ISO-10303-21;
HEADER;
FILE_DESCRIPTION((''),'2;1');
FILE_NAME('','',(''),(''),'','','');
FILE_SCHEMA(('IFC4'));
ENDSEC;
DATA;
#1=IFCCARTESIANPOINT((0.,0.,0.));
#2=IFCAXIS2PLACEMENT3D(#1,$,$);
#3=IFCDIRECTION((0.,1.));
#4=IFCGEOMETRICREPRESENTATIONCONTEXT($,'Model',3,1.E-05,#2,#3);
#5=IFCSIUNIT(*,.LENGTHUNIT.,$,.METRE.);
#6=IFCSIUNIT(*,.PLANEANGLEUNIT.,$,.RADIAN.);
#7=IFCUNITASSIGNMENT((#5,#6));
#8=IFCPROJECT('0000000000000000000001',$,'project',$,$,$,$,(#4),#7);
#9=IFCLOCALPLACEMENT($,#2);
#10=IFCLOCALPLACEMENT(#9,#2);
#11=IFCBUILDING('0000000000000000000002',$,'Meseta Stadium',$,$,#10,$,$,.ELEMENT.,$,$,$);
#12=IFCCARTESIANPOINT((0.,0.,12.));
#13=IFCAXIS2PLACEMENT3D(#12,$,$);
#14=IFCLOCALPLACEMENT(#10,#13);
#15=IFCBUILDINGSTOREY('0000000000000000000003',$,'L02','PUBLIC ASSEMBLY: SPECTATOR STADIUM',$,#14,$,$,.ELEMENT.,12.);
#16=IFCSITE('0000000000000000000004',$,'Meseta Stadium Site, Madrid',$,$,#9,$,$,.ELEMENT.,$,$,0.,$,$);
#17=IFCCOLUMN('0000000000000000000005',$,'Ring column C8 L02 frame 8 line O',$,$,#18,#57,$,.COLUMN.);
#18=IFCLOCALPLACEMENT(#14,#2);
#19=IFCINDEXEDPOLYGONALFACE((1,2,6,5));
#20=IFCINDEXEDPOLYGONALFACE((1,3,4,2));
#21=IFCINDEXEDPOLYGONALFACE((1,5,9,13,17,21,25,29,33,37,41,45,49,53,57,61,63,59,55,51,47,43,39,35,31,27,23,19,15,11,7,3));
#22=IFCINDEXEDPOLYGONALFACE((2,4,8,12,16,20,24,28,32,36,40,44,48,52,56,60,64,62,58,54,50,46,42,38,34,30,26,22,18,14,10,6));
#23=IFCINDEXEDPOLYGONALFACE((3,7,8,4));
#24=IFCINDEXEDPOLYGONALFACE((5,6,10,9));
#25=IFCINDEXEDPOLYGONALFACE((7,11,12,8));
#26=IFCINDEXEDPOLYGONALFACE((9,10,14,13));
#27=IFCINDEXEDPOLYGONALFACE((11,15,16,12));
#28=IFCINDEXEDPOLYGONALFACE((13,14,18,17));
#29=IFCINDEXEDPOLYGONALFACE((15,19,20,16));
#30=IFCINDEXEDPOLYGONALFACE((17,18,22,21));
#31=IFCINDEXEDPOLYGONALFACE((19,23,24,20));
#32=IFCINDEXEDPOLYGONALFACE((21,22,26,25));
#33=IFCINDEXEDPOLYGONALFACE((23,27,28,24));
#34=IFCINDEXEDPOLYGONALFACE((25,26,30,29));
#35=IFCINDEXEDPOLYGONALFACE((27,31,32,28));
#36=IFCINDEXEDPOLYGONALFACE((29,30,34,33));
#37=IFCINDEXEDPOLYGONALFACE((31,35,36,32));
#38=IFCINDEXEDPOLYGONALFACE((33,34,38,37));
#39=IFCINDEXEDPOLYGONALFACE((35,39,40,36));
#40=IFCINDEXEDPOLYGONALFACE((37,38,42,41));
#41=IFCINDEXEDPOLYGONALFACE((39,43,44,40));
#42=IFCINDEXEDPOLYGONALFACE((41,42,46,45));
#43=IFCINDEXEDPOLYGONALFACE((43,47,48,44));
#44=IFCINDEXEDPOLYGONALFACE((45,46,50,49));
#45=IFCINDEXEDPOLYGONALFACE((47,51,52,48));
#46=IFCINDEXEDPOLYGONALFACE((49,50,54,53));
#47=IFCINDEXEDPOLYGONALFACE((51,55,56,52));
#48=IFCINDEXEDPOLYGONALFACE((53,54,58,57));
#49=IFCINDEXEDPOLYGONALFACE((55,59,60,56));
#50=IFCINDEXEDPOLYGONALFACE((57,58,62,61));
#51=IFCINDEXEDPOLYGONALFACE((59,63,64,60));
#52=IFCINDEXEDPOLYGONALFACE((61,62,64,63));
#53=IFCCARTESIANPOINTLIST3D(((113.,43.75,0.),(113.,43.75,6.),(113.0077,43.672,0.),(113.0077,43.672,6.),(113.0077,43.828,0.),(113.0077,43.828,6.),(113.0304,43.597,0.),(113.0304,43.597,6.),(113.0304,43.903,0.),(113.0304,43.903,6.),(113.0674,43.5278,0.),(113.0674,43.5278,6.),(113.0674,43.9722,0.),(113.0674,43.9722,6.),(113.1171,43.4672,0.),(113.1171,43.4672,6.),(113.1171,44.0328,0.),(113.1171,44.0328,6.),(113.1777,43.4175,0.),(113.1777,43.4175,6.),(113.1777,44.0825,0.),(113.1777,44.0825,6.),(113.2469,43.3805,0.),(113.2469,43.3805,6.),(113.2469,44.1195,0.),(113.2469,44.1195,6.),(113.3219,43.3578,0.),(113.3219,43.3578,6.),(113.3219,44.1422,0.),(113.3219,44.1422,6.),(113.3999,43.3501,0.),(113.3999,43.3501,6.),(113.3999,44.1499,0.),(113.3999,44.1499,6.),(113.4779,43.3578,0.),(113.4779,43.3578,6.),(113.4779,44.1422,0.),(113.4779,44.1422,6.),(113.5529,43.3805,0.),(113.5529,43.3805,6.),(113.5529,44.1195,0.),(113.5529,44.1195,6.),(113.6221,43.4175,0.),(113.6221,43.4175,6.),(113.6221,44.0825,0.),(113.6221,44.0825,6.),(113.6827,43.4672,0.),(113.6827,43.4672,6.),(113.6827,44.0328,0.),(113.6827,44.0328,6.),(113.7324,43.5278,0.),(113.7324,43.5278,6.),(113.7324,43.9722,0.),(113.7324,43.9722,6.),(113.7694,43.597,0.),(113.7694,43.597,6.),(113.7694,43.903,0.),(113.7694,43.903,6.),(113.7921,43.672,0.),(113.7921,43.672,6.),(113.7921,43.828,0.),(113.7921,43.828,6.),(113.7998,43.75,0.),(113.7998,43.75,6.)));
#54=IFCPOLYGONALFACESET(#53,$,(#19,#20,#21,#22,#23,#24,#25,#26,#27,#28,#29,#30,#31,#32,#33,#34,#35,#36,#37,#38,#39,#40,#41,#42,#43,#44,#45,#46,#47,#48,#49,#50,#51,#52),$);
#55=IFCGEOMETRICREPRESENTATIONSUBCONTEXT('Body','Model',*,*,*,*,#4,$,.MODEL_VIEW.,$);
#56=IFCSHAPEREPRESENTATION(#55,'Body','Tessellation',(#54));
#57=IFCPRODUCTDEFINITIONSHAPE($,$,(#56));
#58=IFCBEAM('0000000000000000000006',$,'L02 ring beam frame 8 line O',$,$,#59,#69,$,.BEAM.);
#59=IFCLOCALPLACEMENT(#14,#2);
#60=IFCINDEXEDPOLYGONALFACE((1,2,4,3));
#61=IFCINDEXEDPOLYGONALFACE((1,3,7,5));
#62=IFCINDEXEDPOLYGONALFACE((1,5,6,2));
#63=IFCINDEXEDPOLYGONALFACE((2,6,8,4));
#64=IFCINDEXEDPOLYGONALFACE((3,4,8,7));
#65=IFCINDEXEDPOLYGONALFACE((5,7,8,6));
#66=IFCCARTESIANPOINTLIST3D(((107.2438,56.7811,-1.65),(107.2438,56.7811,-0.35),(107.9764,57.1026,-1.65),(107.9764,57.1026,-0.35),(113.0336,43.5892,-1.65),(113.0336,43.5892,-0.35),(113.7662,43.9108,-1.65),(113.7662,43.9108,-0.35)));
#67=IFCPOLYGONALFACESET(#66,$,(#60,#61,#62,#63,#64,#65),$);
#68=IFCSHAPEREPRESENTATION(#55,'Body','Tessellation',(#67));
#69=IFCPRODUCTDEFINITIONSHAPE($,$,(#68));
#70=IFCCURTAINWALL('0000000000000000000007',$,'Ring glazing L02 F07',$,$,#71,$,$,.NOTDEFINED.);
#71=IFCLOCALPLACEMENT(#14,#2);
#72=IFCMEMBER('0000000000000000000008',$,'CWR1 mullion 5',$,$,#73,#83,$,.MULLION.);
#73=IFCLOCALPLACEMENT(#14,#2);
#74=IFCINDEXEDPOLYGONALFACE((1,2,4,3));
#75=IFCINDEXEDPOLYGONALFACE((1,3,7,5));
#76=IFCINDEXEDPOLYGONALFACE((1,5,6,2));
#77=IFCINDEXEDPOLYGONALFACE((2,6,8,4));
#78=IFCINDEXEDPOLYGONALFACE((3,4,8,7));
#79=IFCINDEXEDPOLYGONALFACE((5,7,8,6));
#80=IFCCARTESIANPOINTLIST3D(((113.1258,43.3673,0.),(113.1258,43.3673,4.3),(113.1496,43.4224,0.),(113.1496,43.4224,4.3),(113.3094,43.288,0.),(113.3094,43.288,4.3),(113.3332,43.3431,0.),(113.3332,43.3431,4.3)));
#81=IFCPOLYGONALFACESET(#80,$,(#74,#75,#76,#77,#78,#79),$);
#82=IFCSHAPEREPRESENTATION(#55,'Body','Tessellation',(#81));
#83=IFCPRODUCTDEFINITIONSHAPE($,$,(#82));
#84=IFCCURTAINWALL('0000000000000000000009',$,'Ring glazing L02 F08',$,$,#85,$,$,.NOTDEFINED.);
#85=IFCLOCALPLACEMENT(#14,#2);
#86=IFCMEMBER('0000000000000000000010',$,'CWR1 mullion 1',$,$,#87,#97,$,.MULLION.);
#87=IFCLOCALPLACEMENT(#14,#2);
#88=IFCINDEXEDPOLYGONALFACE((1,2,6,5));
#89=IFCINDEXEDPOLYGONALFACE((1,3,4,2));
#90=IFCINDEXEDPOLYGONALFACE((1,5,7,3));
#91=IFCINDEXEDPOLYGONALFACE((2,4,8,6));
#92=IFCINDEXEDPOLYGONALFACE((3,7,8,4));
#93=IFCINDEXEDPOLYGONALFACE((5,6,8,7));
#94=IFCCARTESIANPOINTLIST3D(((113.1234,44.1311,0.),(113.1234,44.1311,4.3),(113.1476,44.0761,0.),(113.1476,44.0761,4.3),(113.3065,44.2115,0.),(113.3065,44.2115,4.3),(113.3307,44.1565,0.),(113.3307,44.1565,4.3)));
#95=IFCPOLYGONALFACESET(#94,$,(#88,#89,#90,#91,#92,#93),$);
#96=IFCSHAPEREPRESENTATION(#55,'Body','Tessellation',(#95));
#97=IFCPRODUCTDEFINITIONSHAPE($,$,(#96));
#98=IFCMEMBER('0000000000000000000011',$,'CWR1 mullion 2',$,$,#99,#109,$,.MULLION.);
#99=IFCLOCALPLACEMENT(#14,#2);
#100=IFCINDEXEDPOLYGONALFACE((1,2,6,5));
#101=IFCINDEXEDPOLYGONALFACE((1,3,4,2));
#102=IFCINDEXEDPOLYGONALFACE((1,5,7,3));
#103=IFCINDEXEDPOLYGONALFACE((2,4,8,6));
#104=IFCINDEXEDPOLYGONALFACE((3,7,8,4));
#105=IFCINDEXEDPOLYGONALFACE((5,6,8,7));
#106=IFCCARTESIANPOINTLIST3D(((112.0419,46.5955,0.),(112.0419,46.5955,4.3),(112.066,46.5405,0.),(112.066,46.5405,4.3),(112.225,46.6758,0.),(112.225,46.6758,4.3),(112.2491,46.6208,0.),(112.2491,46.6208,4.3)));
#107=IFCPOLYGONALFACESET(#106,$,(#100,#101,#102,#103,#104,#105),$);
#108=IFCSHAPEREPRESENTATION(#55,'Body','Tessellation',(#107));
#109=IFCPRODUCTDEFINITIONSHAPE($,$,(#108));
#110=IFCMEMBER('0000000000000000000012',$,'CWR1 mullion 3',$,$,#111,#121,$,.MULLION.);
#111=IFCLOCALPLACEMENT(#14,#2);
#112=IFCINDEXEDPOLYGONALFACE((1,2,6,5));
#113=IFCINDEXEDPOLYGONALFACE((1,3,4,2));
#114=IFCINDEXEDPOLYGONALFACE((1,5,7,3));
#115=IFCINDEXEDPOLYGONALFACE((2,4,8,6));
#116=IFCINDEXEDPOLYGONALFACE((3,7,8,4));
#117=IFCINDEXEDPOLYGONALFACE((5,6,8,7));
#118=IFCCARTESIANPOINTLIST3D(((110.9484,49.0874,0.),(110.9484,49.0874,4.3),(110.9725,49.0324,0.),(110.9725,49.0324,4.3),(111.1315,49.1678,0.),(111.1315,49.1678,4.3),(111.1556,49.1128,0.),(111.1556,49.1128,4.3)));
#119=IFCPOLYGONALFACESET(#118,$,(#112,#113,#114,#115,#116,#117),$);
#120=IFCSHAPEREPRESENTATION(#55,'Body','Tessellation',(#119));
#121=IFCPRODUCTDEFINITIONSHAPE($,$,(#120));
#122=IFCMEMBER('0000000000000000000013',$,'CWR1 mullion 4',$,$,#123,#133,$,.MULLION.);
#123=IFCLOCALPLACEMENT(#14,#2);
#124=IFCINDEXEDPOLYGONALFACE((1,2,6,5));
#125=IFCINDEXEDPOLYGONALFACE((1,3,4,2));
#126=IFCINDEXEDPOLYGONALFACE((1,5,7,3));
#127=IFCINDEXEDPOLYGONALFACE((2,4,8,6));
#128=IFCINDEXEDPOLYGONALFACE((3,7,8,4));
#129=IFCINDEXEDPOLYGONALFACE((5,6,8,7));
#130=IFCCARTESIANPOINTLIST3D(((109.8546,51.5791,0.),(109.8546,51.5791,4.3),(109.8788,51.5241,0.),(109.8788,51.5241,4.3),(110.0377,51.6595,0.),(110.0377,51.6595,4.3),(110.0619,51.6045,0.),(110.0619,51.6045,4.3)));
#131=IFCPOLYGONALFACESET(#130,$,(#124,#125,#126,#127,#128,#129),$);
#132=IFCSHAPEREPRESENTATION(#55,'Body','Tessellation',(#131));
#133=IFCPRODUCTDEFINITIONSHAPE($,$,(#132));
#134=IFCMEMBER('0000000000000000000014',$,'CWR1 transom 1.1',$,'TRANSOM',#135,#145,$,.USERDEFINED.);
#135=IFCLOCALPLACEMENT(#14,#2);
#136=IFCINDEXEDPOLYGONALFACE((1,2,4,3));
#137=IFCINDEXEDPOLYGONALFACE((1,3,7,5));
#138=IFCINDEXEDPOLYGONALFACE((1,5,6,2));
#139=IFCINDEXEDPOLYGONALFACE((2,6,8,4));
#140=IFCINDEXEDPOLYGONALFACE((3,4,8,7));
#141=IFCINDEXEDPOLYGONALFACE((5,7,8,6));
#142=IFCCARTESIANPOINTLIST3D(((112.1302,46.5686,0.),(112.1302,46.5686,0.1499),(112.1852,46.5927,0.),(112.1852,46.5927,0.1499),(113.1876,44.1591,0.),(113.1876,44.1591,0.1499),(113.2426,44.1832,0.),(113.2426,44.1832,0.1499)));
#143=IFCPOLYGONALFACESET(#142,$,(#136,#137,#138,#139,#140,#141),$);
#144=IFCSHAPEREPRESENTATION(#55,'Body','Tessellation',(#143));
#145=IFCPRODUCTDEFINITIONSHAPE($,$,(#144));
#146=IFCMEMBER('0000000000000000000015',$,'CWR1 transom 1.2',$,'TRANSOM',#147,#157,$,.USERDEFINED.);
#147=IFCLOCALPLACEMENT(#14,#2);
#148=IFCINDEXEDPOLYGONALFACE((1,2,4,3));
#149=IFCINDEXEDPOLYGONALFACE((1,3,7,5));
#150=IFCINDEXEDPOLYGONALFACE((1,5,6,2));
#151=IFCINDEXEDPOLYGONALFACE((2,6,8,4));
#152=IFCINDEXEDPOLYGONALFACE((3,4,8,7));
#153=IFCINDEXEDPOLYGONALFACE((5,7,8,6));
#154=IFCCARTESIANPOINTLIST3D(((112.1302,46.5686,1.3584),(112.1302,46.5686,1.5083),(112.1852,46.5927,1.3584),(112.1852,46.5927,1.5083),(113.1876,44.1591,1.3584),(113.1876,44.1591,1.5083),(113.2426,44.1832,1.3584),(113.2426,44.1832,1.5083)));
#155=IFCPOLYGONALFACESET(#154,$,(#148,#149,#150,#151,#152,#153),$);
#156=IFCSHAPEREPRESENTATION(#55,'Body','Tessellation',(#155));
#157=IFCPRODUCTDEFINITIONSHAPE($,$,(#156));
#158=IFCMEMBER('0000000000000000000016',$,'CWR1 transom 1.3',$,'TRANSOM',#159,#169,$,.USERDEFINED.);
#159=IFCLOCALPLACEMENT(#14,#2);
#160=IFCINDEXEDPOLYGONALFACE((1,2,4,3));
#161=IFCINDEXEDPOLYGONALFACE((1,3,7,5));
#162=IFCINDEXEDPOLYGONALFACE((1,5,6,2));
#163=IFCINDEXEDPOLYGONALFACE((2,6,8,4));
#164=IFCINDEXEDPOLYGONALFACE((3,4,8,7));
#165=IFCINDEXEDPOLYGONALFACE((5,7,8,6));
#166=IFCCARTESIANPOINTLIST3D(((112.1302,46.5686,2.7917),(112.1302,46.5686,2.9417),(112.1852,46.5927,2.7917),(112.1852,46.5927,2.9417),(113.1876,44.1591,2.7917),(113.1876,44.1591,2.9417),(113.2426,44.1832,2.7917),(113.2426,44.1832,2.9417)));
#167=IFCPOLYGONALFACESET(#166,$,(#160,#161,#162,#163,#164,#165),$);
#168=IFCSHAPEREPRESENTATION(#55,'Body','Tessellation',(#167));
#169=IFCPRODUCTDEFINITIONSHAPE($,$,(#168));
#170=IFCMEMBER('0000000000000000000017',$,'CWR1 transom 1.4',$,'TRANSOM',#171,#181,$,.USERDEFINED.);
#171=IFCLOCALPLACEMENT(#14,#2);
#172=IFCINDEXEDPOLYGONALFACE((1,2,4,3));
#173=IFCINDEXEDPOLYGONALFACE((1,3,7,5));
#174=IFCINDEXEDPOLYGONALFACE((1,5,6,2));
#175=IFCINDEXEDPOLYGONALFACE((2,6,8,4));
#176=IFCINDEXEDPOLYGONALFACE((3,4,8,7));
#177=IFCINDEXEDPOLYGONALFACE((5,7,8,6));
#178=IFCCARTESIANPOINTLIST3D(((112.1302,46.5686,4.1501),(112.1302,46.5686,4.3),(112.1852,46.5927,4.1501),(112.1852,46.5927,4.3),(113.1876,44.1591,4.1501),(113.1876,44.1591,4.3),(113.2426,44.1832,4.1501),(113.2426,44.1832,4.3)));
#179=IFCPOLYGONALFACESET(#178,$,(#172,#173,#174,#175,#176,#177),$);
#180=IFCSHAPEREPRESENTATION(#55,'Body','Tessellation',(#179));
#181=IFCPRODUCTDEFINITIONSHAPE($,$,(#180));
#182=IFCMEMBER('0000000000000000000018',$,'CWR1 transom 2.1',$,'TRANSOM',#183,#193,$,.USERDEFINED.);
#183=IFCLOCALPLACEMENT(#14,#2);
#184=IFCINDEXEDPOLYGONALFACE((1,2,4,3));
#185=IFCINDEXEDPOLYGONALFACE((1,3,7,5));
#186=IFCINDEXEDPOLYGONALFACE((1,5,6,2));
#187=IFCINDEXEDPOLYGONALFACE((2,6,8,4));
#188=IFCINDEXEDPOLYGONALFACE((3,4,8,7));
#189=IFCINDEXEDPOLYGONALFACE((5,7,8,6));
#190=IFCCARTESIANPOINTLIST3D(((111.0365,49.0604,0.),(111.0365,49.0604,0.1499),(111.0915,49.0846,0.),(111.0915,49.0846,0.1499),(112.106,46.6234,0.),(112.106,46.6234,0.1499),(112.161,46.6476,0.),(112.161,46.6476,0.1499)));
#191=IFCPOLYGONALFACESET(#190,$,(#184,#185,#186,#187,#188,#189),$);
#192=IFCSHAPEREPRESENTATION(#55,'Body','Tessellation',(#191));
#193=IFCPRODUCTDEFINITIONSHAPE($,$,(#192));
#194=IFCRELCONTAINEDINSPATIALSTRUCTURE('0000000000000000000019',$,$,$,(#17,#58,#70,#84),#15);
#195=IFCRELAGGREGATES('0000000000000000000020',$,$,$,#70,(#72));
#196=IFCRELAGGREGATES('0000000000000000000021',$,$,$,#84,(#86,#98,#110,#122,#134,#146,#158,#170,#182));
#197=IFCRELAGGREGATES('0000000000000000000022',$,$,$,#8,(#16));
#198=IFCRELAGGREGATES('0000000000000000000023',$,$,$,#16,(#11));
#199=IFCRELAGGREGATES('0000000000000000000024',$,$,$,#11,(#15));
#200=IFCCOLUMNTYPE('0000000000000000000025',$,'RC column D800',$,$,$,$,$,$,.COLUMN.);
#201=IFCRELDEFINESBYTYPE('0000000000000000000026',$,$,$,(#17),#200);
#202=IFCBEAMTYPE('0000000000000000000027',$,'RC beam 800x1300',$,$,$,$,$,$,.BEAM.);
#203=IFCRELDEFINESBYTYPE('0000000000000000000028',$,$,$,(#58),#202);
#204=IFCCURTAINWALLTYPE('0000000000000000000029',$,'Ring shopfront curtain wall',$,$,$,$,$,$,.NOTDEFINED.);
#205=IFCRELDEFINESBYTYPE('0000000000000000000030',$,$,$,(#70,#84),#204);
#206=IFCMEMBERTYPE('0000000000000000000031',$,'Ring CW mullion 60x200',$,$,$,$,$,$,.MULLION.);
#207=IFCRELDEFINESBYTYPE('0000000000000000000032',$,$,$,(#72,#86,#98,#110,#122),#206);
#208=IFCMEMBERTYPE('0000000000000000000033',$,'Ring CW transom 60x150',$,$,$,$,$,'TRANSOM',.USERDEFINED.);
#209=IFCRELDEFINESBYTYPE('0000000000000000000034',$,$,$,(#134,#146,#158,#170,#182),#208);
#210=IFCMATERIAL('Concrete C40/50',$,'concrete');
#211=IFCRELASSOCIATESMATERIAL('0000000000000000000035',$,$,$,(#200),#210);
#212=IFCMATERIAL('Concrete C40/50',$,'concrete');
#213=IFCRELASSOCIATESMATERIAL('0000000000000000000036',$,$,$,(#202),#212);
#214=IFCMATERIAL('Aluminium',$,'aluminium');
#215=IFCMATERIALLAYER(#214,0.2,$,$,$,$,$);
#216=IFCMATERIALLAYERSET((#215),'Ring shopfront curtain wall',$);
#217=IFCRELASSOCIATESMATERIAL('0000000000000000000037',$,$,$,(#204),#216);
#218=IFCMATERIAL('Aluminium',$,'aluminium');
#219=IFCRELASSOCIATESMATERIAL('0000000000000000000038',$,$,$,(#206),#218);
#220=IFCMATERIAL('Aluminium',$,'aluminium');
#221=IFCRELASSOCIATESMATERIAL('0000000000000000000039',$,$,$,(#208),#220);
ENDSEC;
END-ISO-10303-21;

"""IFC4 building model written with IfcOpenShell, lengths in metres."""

from ifc_helpers import new_model, si_unit, direction, frame, origin, origin_2d, place, context, subcontext, project, spatial, rectangle, circle, extrude, material, layer, layer_set, material_profile, profile_set, type_object, element, aggregate, save


model = new_model("IFC4")

# Units and contexts
model_context = context("Model", 3, precision=1e-05, world=origin(), true_north=direction((0.0, 1.0)))
body_context = subcontext(model_context, "Body", "Model", "MODEL_VIEW")
ifc_project = project(units=[si_unit("LENGTHUNIT", "METRE"), si_unit("PLANEANGLEUNIT", "RADIAN")], contexts=[model_context])

# Site, building, storey
site_placement = place(None, origin())
site = spatial("IfcSite", under=ifc_project, at=site_placement, Name="Meseta Stadium Site, Madrid", CompositionType="ELEMENT", RefElevation=0.0)
building_placement = place(site_placement, origin())
building = spatial("IfcBuilding", under=site, at=building_placement, Name="Meseta Stadium", CompositionType="ELEMENT")
storey_placement = place(building_placement, frame((0.0, 0.0, 12.0)))
storey = spatial("IfcBuildingStorey", under=building, at=storey_placement, Name="L02", Description="PUBLIC ASSEMBLY: SPECTATOR STADIUM", CompositionType="ELEMENT", Elevation=12.0)

# Column
ifc_material_1 = material(Name="Concrete C40/50", Category="concrete")
ifc_material_profile_1 = material_profile(ifc_material_1, circle(Radius=0.3999, at=origin_2d()), Name="RC D800")
ifc_profile_set_1 = profile_set([ifc_material_profile_1], Name="Concrete C40/50")
column_type = type_object("IfcColumnType", Name="RC column D800", PredefinedType="COLUMN", material=ifc_profile_set_1)
column_placement = place(storey_placement, frame((113.3999, 43.75, 0.0), z_axis=(0.0, 0.0, 1.0), x_axis=(1.0, 0.0, 0.0)))
element("IfcColumn", 1, at=column_placement, inside=storey, type_object=column_type, Name="Ring column C8 L02 frame 8 line O", PredefinedType="COLUMN", context=body_context, shape_type="SweptSolid", body=[
    extrude(circle(Radius=0.3999, at=origin_2d()), origin(), (0.0, 0.0, 1.0), 6.0),
])

# Beam
ifc_material_2 = material(Name="Concrete C40/50", Category="concrete")
ifc_material_profile_2 = material_profile(ifc_material_2, rectangle(XDim=0.8, YDim=1.3, at=origin_2d()), Name="RC 800x1300")
ifc_profile_set_2 = profile_set([ifc_material_profile_2], Name="Concrete C40/50")
beam_type = type_object("IfcBeamType", Name="RC beam 800x1300", PredefinedType="BEAM", material=ifc_profile_set_2)
beam_placement = place(storey_placement, frame((113.3999, 43.75, -1.0), z_axis=(-0.401887, 0.915689, 0.0), x_axis=(-0.915689, -0.401887, 0.0)))
element("IfcBeam", 2, at=beam_placement, inside=storey, type_object=beam_type, Name="L02 ring beam frame 8 line O", PredefinedType="BEAM", context=body_context, shape_type="SweptSolid", body=[
    extrude(rectangle(XDim=0.8, YDim=1.3, at=origin_2d()), origin(), (0.0, 0.0, 1.0), 14.4065),
])

# Curtain wall, member
ifc_material_3 = material(Name="Aluminium", Category="aluminium")
ifc_layer_1 = layer(ifc_material_3, 0.2)
ifc_layer_set_1 = layer_set([ifc_layer_1], Name="Ring shopfront curtain wall")
curtain_wall_type = type_object("IfcCurtainWallType", Name="Ring shopfront curtain wall", PredefinedType="NOTDEFINED", material=ifc_layer_set_1)
curtain_wall_1_placement = place(storey_placement, origin())
curtain_wall_1 = element("IfcCurtainWall", 3, at=curtain_wall_1_placement, inside=storey, type_object=curtain_wall_type, Name="Ring glazing L02 F07", PredefinedType="NOTDEFINED")
ifc_material_4 = material(Name="Aluminium", Category="aluminium")
ifc_material_profile_3 = material_profile(ifc_material_4, rectangle(XDim=0.2, YDim=0.0601, at=origin_2d()), Name="CW 200x60")
ifc_profile_set_3 = profile_set([ifc_material_profile_3], Name="Aluminium")
member_type_1 = type_object("IfcMemberType", Name="Ring CW mullion 60x200", PredefinedType="MULLION", material=ifc_profile_set_3)
member_1_placement = place(storey_placement, frame((113.2295, 43.3552, 0.0), z_axis=(0.0, 0.0, 1.0), x_axis=(-0.918, 0.396581, 0.0)))
member_1 = element("IfcMember", 4, at=member_1_placement, type_object=member_type_1, Name="CWR1 mullion 5", PredefinedType="MULLION", context=body_context, shape_type="SweptSolid", body=[
    extrude(rectangle(XDim=0.2, YDim=0.0601, at=origin_2d()), origin(), (0.0, 0.0, 1.0), 4.3),
])
aggregate(curtain_wall_1, [member_1])

# Curtain wall, members
curtain_wall_2_placement = place(storey_placement, origin())
curtain_wall_2 = element("IfcCurtainWall", 5, at=curtain_wall_2_placement, inside=storey, type_object=curtain_wall_type, Name="Ring glazing L02 F08", PredefinedType="NOTDEFINED")
member_2_placement = place(storey_placement, frame((113.2271, 44.1438, 0.0), z_axis=(0.0, 0.0, 1.0), x_axis=(-0.915687, -0.401892, 0.0)))
member_2 = element("IfcMember", 6, at=member_2_placement, type_object=member_type_1, Name="CWR1 mullion 1", PredefinedType="MULLION", context=body_context, shape_type="SweptSolid", body=[
    extrude(rectangle(XDim=0.2, YDim=0.0601, at=origin_2d()), origin(), (0.0, 0.0, 1.0), 4.3),
])
member_3_placement = place(storey_placement, frame((112.1455, 46.6082, 0.0), z_axis=(0.0, 0.0, 1.0), x_axis=(-0.915687, -0.401892, 0.0)))
member_3 = element("IfcMember", 7, at=member_3_placement, type_object=member_type_1, Name="CWR1 mullion 2", PredefinedType="MULLION", context=body_context, shape_type="SweptSolid", body=[
    extrude(rectangle(XDim=0.2, YDim=0.0601, at=origin_2d()), origin(), (0.0, 0.0, 1.0), 4.3),
])
member_4_placement = place(storey_placement, frame((111.052, 49.1001, 0.0), z_axis=(0.0, 0.0, 1.0), x_axis=(-0.915687, -0.401892, 0.0)))
member_4 = element("IfcMember", 8, at=member_4_placement, type_object=member_type_1, Name="CWR1 mullion 3", PredefinedType="MULLION", context=body_context, shape_type="SweptSolid", body=[
    extrude(rectangle(XDim=0.2, YDim=0.0601, at=origin_2d()), origin(), (0.0, 0.0, 1.0), 4.3),
])
member_5_placement = place(storey_placement, frame((109.9583, 51.5918, 0.0), z_axis=(0.0, 0.0, 1.0), x_axis=(-0.915687, -0.401892, 0.0)))
member_5 = element("IfcMember", 9, at=member_5_placement, type_object=member_type_1, Name="CWR1 mullion 4", PredefinedType="MULLION", context=body_context, shape_type="SweptSolid", body=[
    extrude(rectangle(XDim=0.2, YDim=0.0601, at=origin_2d()), origin(), (0.0, 0.0, 1.0), 4.3),
])
ifc_material_5 = material(Name="Aluminium", Category="aluminium")
ifc_material_profile_4 = material_profile(ifc_material_5, rectangle(XDim=0.0601, YDim=0.1499, at=origin_2d()), Name="CW 60x150")
ifc_profile_set_4 = profile_set([ifc_material_profile_4], Name="Aluminium")
member_type_2 = type_object("IfcMemberType", Name="Ring CW transom 60x150", ElementType="TRANSOM", PredefinedType="USERDEFINED", material=ifc_profile_set_4)
member_6_placement = place(storey_placement, frame((113.2151, 44.1711, 0.075), z_axis=(-0.401855, 0.915703, 0.0), x_axis=(-0.915703, -0.401855, 0.0)))
member_6 = element("IfcMember", 10, at=member_6_placement, type_object=member_type_2, Name="CWR1 transom 1.1", ObjectType="TRANSOM", PredefinedType="USERDEFINED", context=body_context, shape_type="SweptSolid", body=[
    extrude(rectangle(XDim=0.0601, YDim=0.1499, at=origin_2d()), origin(), (0.0, 0.0, 1.0), 2.6313),
])
member_7_placement = place(storey_placement, frame((113.2151, 44.1711, 1.4333), z_axis=(-0.401855, 0.915703, 0.0), x_axis=(-0.915703, -0.401855, 0.0)))
member_7 = element("IfcMember", 11, at=member_7_placement, type_object=member_type_2, Name="CWR1 transom 1.2", ObjectType="TRANSOM", PredefinedType="USERDEFINED", context=body_context, shape_type="SweptSolid", body=[
    extrude(rectangle(XDim=0.0601, YDim=0.1499, at=origin_2d()), origin(), (0.0, 0.0, 1.0), 2.6313),
])
member_8_placement = place(storey_placement, frame((113.2151, 44.1711, 2.8667), z_axis=(-0.401855, 0.915703, 0.0), x_axis=(-0.915703, -0.401855, 0.0)))
member_8 = element("IfcMember", 12, at=member_8_placement, type_object=member_type_2, Name="CWR1 transom 1.3", ObjectType="TRANSOM", PredefinedType="USERDEFINED", context=body_context, shape_type="SweptSolid", body=[
    extrude(rectangle(XDim=0.0601, YDim=0.1499, at=origin_2d()), origin(), (0.0, 0.0, 1.0), 2.6313),
])
member_9_placement = place(storey_placement, frame((113.2151, 44.1711, 4.2251), z_axis=(-0.401855, 0.915703, 0.0), x_axis=(-0.915703, -0.401855, 0.0)))
member_9 = element("IfcMember", 13, at=member_9_placement, type_object=member_type_2, Name="CWR1 transom 1.4", ObjectType="TRANSOM", PredefinedType="USERDEFINED", context=body_context, shape_type="SweptSolid", body=[
    extrude(rectangle(XDim=0.0601, YDim=0.1499, at=origin_2d()), origin(), (0.0, 0.0, 1.0), 2.6313),
])
member_10_placement = place(storey_placement, frame((112.1335, 46.6355, 0.075), z_axis=(-0.401887, 0.915689, 0.0), x_axis=(-0.915689, -0.401887, 0.0)))
member_10 = element("IfcMember", 14, at=member_10_placement, type_object=member_type_2, Name="CWR1 transom 2.1", ObjectType="TRANSOM", PredefinedType="USERDEFINED", context=body_context, shape_type="SweptSolid", body=[
    extrude(rectangle(XDim=0.0601, YDim=0.1499, at=origin_2d()), origin(), (0.0, 0.0, 1.0), 2.6614),
])
aggregate(curtain_wall_2, [member_2, member_3, member_4, member_5, member_6, member_7, member_8, member_9, member_10])

save(model, "model.ifc")
